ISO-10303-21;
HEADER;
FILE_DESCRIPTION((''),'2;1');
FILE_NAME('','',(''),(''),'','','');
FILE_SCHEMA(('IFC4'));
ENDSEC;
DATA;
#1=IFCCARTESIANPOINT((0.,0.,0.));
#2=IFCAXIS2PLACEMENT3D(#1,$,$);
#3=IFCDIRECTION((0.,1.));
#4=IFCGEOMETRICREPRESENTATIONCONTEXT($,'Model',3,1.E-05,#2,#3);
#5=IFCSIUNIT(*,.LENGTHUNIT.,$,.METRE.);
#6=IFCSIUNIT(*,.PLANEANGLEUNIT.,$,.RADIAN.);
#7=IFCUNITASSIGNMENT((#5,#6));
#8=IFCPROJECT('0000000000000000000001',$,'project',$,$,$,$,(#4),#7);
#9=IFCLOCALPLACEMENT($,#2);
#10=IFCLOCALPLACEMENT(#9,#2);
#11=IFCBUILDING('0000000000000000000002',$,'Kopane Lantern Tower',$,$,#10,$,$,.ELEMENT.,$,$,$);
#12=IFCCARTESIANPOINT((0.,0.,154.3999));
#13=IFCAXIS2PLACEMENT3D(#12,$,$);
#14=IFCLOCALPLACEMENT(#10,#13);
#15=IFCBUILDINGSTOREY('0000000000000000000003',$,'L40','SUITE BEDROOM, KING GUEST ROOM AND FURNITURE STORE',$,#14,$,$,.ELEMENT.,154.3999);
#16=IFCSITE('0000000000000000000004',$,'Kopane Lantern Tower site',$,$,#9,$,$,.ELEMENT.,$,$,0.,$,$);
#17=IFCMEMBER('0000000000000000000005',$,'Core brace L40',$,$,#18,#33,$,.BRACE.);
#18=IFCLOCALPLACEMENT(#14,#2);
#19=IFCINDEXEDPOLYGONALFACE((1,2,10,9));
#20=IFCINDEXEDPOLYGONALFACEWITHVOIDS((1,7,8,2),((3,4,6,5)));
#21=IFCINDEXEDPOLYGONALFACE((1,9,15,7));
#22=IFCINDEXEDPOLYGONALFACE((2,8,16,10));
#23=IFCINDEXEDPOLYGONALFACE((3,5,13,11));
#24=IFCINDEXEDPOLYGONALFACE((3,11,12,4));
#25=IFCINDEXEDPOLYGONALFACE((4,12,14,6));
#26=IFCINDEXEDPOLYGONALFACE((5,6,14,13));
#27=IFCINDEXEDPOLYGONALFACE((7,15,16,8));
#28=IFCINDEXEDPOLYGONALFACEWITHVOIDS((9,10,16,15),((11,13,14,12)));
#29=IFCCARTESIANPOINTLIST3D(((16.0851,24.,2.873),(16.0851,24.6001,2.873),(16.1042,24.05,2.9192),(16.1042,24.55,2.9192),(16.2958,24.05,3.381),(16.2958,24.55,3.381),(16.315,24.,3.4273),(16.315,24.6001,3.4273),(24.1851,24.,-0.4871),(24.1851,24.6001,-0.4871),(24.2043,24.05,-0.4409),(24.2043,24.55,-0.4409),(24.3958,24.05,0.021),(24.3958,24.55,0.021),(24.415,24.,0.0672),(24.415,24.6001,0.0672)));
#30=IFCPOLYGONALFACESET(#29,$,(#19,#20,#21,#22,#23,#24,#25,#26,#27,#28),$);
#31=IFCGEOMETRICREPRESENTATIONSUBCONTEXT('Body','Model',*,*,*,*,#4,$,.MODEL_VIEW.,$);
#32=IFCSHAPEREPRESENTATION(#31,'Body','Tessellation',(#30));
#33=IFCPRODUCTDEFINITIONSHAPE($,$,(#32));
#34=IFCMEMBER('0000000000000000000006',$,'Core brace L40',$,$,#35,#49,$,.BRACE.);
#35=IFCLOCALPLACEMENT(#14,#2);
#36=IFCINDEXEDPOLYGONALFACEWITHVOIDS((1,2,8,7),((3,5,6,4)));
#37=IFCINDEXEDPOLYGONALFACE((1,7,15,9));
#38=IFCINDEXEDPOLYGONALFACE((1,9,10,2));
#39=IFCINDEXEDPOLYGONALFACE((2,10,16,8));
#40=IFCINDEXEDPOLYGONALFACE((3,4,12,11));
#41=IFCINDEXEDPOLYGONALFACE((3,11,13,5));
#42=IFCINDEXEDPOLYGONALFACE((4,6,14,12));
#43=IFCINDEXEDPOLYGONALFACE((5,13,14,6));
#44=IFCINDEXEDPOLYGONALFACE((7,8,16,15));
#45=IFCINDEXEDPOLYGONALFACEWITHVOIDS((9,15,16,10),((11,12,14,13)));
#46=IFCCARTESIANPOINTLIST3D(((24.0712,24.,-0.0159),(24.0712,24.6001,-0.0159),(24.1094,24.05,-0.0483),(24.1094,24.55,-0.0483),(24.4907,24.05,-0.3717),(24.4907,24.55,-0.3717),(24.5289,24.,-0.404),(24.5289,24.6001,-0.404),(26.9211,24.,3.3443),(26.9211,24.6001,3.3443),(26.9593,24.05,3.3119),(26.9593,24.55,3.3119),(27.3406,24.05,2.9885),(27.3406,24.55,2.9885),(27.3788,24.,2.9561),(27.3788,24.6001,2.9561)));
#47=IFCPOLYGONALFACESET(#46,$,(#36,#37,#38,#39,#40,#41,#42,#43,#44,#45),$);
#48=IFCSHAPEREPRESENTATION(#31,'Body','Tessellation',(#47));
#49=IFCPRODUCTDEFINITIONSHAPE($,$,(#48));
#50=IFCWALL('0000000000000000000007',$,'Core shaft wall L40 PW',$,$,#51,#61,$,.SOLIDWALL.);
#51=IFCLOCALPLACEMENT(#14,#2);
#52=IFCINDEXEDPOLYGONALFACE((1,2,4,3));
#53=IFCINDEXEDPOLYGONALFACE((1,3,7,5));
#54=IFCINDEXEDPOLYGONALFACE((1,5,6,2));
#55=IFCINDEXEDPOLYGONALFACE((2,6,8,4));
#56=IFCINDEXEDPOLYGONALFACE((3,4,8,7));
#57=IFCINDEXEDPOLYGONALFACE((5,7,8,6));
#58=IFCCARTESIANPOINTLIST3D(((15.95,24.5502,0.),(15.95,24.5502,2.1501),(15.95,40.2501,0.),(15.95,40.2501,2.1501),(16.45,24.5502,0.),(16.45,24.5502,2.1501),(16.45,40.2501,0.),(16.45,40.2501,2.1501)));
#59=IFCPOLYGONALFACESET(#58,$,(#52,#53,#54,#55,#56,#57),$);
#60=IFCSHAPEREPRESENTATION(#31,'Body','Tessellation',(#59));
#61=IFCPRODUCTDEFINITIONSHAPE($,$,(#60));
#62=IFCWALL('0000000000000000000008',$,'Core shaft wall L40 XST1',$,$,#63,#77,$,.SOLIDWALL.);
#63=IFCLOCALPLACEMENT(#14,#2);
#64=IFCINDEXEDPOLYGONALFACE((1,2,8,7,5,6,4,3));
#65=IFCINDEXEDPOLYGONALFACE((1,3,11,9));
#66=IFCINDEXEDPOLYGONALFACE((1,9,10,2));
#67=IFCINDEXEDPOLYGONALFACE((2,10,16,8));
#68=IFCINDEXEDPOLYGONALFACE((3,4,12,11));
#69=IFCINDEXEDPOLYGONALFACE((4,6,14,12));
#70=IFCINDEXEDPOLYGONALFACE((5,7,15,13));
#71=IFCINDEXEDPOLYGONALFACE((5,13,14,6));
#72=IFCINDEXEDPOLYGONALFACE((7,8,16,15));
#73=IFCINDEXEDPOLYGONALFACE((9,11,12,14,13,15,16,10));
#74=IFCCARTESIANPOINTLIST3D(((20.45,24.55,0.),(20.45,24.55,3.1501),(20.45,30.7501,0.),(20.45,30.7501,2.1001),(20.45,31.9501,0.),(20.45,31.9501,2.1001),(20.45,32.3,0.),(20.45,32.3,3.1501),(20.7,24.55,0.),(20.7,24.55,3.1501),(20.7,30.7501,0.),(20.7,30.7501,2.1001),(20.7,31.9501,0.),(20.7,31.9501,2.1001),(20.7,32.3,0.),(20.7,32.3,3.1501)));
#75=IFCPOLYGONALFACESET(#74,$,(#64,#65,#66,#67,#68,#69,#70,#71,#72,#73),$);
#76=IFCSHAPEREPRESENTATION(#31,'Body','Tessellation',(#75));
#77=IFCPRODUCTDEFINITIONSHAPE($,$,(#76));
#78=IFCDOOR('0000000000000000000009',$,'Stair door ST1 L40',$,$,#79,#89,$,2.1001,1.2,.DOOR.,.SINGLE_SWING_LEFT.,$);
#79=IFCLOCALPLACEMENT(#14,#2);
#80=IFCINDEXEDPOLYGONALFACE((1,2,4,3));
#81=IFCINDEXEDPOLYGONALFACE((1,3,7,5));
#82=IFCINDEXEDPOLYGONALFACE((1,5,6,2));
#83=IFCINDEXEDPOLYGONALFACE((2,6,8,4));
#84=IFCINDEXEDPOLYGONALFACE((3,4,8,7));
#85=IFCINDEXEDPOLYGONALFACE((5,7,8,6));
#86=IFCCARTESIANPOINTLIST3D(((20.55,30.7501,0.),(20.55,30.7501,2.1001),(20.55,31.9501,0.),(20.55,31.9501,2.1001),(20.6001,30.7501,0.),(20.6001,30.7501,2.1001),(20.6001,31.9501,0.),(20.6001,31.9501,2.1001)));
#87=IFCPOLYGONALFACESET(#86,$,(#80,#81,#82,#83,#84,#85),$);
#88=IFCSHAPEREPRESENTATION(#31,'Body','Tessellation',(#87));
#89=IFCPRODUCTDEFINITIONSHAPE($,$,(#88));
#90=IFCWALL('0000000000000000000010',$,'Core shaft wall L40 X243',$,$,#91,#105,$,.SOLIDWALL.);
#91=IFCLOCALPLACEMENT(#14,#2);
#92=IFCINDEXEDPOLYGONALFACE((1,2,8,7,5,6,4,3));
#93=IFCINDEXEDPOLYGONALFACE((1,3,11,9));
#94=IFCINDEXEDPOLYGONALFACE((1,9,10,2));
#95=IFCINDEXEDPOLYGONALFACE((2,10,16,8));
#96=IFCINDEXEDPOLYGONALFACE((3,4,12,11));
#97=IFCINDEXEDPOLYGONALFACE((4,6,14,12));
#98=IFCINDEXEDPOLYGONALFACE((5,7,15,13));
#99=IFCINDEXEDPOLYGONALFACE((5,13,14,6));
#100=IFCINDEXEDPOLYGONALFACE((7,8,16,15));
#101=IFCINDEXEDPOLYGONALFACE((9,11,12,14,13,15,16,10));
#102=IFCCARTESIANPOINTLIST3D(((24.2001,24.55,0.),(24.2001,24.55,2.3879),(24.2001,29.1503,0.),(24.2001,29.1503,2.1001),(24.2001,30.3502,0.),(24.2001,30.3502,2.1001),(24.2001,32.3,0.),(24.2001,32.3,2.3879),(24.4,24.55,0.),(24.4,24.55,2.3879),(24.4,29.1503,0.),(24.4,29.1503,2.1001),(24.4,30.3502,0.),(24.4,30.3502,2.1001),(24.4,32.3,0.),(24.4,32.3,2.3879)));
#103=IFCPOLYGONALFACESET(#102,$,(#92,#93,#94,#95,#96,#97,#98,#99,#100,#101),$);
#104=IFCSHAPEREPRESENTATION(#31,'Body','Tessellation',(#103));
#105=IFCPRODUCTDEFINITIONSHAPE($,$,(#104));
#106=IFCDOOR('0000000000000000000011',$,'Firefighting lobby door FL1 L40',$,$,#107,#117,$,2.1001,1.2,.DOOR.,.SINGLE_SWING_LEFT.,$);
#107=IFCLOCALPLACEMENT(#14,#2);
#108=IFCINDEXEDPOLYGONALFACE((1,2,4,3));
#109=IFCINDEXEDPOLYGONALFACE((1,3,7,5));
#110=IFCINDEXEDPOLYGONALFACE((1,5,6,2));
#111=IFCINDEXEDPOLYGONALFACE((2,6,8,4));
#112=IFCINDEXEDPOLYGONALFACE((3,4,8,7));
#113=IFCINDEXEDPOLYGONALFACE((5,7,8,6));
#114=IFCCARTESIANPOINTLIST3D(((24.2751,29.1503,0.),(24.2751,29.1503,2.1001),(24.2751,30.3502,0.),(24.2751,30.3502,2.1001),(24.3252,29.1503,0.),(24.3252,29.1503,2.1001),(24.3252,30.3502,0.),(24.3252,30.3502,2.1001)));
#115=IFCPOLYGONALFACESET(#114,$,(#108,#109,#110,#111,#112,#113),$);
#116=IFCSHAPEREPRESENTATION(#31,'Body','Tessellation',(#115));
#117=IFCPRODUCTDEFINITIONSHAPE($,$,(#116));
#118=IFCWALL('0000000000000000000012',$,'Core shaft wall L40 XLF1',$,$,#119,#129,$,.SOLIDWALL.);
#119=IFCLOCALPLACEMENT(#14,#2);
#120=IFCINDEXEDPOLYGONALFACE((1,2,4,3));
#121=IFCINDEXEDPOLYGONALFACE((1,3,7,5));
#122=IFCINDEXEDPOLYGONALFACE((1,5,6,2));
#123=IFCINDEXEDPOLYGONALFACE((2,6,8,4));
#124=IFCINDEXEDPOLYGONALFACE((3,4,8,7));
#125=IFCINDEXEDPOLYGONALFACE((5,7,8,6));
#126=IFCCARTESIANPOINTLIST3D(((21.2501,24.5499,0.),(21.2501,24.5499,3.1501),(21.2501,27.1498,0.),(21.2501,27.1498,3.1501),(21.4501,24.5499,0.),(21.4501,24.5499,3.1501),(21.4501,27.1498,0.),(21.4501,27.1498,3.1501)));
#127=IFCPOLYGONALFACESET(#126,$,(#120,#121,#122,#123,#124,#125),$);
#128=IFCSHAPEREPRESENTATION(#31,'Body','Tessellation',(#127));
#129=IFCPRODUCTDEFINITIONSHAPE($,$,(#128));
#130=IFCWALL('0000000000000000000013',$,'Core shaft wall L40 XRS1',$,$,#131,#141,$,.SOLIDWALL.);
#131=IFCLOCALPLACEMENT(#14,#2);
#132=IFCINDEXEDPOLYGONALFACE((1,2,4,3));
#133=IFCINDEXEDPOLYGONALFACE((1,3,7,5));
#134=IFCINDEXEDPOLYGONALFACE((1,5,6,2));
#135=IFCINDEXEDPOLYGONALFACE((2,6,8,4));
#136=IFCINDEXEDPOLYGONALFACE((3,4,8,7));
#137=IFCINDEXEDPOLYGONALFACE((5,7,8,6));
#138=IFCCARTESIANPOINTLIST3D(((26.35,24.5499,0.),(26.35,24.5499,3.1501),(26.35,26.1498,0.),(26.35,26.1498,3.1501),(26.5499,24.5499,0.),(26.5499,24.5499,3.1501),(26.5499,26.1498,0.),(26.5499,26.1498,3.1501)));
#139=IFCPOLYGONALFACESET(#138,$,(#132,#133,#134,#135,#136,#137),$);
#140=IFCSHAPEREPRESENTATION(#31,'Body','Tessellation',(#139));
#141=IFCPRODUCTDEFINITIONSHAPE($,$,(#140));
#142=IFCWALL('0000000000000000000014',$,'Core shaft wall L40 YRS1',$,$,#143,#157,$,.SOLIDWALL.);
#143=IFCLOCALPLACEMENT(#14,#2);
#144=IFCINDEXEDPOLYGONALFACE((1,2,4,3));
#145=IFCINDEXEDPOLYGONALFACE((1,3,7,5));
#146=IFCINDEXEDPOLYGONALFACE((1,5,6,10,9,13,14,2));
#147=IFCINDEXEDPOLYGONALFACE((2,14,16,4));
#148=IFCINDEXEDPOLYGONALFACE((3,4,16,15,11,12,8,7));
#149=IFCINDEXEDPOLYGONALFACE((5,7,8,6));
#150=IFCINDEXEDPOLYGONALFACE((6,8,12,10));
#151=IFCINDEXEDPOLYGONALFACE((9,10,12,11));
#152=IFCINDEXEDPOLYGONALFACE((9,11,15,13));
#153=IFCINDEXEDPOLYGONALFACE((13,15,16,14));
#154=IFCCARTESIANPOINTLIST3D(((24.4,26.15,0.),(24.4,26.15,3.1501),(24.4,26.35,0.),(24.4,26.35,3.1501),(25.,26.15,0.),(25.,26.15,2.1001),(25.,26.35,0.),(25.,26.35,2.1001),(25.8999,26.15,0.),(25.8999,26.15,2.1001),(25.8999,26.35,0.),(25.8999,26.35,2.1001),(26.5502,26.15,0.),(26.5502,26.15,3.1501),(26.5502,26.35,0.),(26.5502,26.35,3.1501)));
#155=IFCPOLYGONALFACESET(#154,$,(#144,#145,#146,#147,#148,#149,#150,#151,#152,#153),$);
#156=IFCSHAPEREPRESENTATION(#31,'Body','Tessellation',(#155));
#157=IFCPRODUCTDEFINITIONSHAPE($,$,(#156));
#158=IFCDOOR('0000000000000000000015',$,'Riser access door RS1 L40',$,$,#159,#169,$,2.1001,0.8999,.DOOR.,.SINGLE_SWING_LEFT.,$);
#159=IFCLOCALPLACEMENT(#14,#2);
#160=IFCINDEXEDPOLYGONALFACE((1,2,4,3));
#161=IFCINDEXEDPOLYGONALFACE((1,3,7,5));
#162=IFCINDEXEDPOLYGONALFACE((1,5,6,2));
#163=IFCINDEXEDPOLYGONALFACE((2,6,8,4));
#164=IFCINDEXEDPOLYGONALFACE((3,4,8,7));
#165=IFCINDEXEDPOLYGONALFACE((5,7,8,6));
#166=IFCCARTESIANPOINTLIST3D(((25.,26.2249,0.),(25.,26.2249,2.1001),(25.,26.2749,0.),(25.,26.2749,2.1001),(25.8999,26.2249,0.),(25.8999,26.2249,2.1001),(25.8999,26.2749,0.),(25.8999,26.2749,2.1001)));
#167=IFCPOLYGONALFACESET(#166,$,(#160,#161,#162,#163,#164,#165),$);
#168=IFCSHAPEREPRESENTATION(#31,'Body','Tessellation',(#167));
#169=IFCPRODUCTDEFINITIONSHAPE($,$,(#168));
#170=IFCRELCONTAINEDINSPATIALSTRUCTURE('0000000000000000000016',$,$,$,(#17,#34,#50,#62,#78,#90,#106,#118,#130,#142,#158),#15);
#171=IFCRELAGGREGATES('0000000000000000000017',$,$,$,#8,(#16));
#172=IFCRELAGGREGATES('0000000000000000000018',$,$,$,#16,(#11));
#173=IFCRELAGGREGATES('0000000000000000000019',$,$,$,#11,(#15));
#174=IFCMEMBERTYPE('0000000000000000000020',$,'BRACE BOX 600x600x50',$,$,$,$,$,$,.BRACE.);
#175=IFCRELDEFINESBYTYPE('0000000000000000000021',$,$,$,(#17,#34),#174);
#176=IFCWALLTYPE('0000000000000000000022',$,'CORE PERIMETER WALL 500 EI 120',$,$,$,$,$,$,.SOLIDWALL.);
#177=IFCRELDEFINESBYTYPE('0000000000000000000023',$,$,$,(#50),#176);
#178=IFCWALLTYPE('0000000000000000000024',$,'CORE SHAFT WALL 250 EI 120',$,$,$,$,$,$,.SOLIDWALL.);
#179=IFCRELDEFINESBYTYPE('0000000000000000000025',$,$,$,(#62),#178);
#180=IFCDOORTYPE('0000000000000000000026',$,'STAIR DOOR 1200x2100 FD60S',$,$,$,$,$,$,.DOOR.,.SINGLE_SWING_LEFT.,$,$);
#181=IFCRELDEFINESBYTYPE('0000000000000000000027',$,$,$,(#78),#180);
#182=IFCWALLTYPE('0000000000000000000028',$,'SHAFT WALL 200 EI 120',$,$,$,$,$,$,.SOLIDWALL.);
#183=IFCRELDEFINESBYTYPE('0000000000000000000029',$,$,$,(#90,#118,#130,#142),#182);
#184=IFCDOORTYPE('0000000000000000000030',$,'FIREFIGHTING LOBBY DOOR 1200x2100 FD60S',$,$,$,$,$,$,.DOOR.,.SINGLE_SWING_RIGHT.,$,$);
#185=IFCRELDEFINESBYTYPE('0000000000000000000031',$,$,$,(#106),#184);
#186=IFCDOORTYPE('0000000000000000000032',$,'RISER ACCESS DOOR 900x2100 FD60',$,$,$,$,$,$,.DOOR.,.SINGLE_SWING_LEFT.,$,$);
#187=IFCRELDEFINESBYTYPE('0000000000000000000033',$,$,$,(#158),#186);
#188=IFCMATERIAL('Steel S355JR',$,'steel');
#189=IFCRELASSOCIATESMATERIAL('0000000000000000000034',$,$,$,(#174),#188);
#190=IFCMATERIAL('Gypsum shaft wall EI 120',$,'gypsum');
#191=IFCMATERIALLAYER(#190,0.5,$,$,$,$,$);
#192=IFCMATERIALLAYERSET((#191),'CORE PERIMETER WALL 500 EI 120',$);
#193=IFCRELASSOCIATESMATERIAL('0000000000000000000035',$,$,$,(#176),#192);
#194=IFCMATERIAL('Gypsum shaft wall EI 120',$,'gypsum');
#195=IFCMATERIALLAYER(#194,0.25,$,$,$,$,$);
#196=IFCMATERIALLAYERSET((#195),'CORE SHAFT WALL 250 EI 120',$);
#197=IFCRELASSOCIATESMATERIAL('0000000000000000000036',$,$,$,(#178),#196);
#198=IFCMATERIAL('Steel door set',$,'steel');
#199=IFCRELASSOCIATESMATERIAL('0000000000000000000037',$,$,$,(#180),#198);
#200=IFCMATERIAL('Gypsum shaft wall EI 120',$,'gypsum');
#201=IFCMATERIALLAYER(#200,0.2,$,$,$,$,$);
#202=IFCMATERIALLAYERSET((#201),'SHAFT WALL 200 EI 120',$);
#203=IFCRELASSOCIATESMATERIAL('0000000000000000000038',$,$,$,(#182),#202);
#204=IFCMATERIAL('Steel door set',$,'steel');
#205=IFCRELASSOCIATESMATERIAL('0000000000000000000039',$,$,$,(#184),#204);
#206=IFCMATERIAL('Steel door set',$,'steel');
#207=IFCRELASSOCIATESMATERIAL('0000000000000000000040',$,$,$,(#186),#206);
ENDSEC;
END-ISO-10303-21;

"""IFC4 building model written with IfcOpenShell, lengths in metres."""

from ifc_helpers import new_model, si_unit, direction, frame, frame_2d, origin, origin_2d, place, context, subcontext, project, spatial, rectangle, hollow_rectangle, extrude, material, layer, layer_set, material_profile, profile_set, type_object, element, fill, save


model = new_model("IFC4")

# Units and contexts
model_context = context("Model", 3, precision=1e-05, world=origin(), true_north=direction((0.0, 1.0)))
body_context = subcontext(model_context, "Body", "Model", "MODEL_VIEW")
ifc_project = project(units=[si_unit("LENGTHUNIT", "METRE"), si_unit("PLANEANGLEUNIT", "RADIAN")], contexts=[model_context])

# Site, building, storey
site_placement = place(None, origin())
site = spatial("IfcSite", under=ifc_project, at=site_placement, Name="Kopane Lantern Tower site", CompositionType="ELEMENT", RefElevation=0.0)
building_placement = place(site_placement, origin())
building = spatial("IfcBuilding", under=site, at=building_placement, Name="Kopane Lantern Tower", CompositionType="ELEMENT")
storey_placement = place(building_placement, frame((0.0, 0.0, 154.3999)))
storey = spatial("IfcBuildingStorey", under=building, at=storey_placement, Name="L40", Description="SUITE BEDROOM, KING GUEST ROOM AND FURNITURE STORE", CompositionType="ELEMENT", Elevation=154.3999)

# Members
ifc_material_1 = material(Name="Steel S355JR", Category="steel")
ifc_material_profile = material_profile(ifc_material_1, hollow_rectangle(XDim=0.6001, YDim=0.6001, WallThickness=0.05, at=origin_2d()), Name="BOX 600x600x50")
ifc_profile_set = profile_set([ifc_material_profile], Name="Steel S355JR")
member_type = type_object("IfcMemberType", Name="BRACE BOX 600x600x50", PredefinedType="BRACE", material=ifc_profile_set)
member_1_placement = place(storey_placement, frame((24.3, 24.3, -0.21), z_axis=(-0.92368, 0.0, 0.383164), x_axis=(0.0, -1.0, 0.0)))
element("IfcMember", 1, at=member_1_placement, inside=storey, type_object=member_type, Name="Core brace L40", PredefinedType="BRACE", context=body_context, shape_type="SweptSolid", body=[
    extrude(hollow_rectangle(XDim=0.6001, YDim=0.6001, WallThickness=0.05, at=origin_2d()), origin(), (0.0, 0.0, 1.0), 8.7693),
])
member_2_placement = place(storey_placement, frame((24.3, 24.3, -0.21), z_axis=(0.646826, 0.0, 0.762638), x_axis=(0.0, 1.0, 0.0)))
element("IfcMember", 2, at=member_2_placement, inside=storey, type_object=member_type, Name="Core brace L40", PredefinedType="BRACE", context=body_context, shape_type="SweptSolid", body=[
    extrude(hollow_rectangle(XDim=0.6001, YDim=0.6001, WallThickness=0.05, at=origin_2d()), origin(), (0.0, 0.0, 1.0), 4.406),
])

# Shared definitions
ifc_material_2 = material(Name="Gypsum shaft wall EI 120", Category="gypsum")
ifc_layer_1 = layer(ifc_material_2, 0.5)
ifc_layer_set_1 = layer_set([ifc_layer_1], Name="CORE PERIMETER WALL 500 EI 120")
wall_type_1 = type_object("IfcWallType", Name="CORE PERIMETER WALL 500 EI 120", PredefinedType="SOLIDWALL", material=ifc_layer_set_1)

# Wall
wall_1_placement = place(storey_placement, frame((16.2, 24.55, 0.0), z_axis=(0.0, 0.0, 1.0), x_axis=(0.0, 1.0, 0.0)))
element("IfcWall", 3, at=wall_1_placement, inside=storey, type_object=wall_type_1, Name="Core shaft wall L40 PW", PredefinedType="SOLIDWALL", context=body_context, shape_type="SweptSolid", body=[
    extrude(rectangle(XDim=15.7, YDim=0.5, at=frame_2d((7.8501, 0.0))), origin(), (0.0, 0.0, 1.0), 2.1501),
])

# Walls, openings, doors
ifc_material_3 = material(Name="Gypsum shaft wall EI 120", Category="gypsum")
ifc_layer_2 = layer(ifc_material_3, 0.25)
ifc_layer_set_2 = layer_set([ifc_layer_2], Name="CORE SHAFT WALL 250 EI 120")
wall_type_2 = type_object("IfcWallType", Name="CORE SHAFT WALL 250 EI 120", PredefinedType="SOLIDWALL", material=ifc_layer_set_2)
wall_2_placement = place(storey_placement, frame((20.575, 24.55, 0.0), z_axis=(0.0, 0.0, 1.0), x_axis=(0.0, 1.0, 0.0)))
wall_2 = element("IfcWall", 4, at=wall_2_placement, inside=storey, type_object=wall_type_2, Name="Core shaft wall L40 XST1", PredefinedType="SOLIDWALL", context=body_context, shape_type="SweptSolid", body=[
    extrude(rectangle(XDim=7.75, YDim=0.25, at=frame_2d((3.875, 0.0))), origin(), (0.0, 0.0, 1.0), 3.1501),
])
opening_1_placement = place(wall_2_placement, frame((6.2, 0.0, 0.0)))
opening_1 = element("IfcOpeningElement", 5, at=opening_1_placement, cuts=wall_2, PredefinedType="OPENING", context=body_context, shape_type="SweptSolid", body=[
    extrude(rectangle(XDim=1.2, YDim=2.1001, at=frame_2d((0.6001, 1.05))), frame((0.0, 0.135, 0.0), z_axis=(0.0, -1.0, 0.0), x_axis=(1.0, 0.0, 0.0)), (0.0, 0.0, 1.0), 0.27),
])
ifc_material_4 = material(Name="Steel door set", Category="steel")
door_type_1 = type_object("IfcDoorType", Name="STAIR DOOR 1200x2100 FD60S", OperationType="SINGLE_SWING_LEFT", PredefinedType="DOOR", material=ifc_material_4)
door_1_placement = place(opening_1_placement, origin())
door_1 = element("IfcDoor", 6, at=door_1_placement, inside=storey, type_object=door_type_1, Name="Stair door ST1 L40", OperationType="SINGLE_SWING_LEFT", OverallHeight=2.1001, OverallWidth=1.2, PredefinedType="DOOR", context=body_context, shape_type="SweptSolid", body=[
    extrude(rectangle(XDim=1.2, YDim=2.1001, at=frame_2d((0.6001, 1.05))), frame((0.0, 0.0249, 0.0), z_axis=(0.0, -1.0, 0.0), x_axis=(1.0, 0.0, 0.0)), (0.0, 0.0, 1.0), 0.05),
])
fill(opening_1, door_1)
ifc_material_5 = material(Name="Gypsum shaft wall EI 120", Category="gypsum")
ifc_layer_3 = layer(ifc_material_5, 0.2)
ifc_layer_set_3 = layer_set([ifc_layer_3], Name="SHAFT WALL 200 EI 120")
wall_type_3 = type_object("IfcWallType", Name="SHAFT WALL 200 EI 120", PredefinedType="SOLIDWALL", material=ifc_layer_set_3)
wall_3_placement = place(storey_placement, frame((24.3, 24.55, 0.0), z_axis=(0.0, 0.0, 1.0), x_axis=(0.0, 1.0, 0.0)))
wall_3 = element("IfcWall", 7, at=wall_3_placement, inside=storey, type_object=wall_type_3, Name="Core shaft wall L40 X243", PredefinedType="SOLIDWALL", context=body_context, shape_type="SweptSolid", body=[
    extrude(rectangle(XDim=7.75, YDim=0.2, at=frame_2d((3.875, 0.0))), origin(), (0.0, 0.0, 1.0), 2.3879),
])
opening_2_placement = place(wall_3_placement, frame((4.6001, 0.0, 0.0)))
opening_2 = element("IfcOpeningElement", 8, at=opening_2_placement, cuts=wall_3, PredefinedType="OPENING", context=body_context, shape_type="SweptSolid", body=[
    extrude(rectangle(XDim=1.2, YDim=2.1001, at=frame_2d((0.6001, 1.05))), frame((0.0, 0.1099, 0.0), z_axis=(0.0, -1.0, 0.0), x_axis=(1.0, 0.0, 0.0)), (0.0, 0.0, 1.0), 0.22),
])
ifc_material_6 = material(Name="Steel door set", Category="steel")
door_type_2 = type_object("IfcDoorType", Name="FIREFIGHTING LOBBY DOOR 1200x2100 FD60S", OperationType="SINGLE_SWING_RIGHT", PredefinedType="DOOR", material=ifc_material_6)
door_2_placement = place(opening_2_placement, origin())
door_2 = element("IfcDoor", 9, at=door_2_placement, inside=storey, type_object=door_type_2, Name="Firefighting lobby door FL1 L40", OperationType="SINGLE_SWING_LEFT", OverallHeight=2.1001, OverallWidth=1.2, PredefinedType="DOOR", context=body_context, shape_type="SweptSolid", body=[
    extrude(rectangle(XDim=1.2, YDim=2.1001, at=frame_2d((0.6001, 1.05))), frame((0.0, 0.0249, 0.0), z_axis=(0.0, -1.0, 0.0), x_axis=(1.0, 0.0, 0.0)), (0.0, 0.0, 1.0), 0.05),
])
fill(opening_2, door_2)

# Walls
wall_4_placement = place(storey_placement, frame((21.3501, 24.55, 0.0), z_axis=(0.0, 0.0, 1.0), x_axis=(0.0, 1.0, 0.0)))
element("IfcWall", 10, at=wall_4_placement, inside=storey, type_object=wall_type_3, Name="Core shaft wall L40 XLF1", PredefinedType="SOLIDWALL", context=body_context, shape_type="SweptSolid", body=[
    extrude(rectangle(XDim=2.5999, YDim=0.2, at=frame_2d((1.2998, 0.0))), origin(), (0.0, 0.0, 1.0), 3.1501),
])
wall_5_placement = place(storey_placement, frame((26.45, 24.55, 0.0), z_axis=(0.0, 0.0, 1.0), x_axis=(0.0, 1.0, 0.0)))
element("IfcWall", 11, at=wall_5_placement, inside=storey, type_object=wall_type_3, Name="Core shaft wall L40 XRS1", PredefinedType="SOLIDWALL", context=body_context, shape_type="SweptSolid", body=[
    extrude(rectangle(XDim=1.5999, YDim=0.2, at=frame_2d((0.7998, 0.0))), origin(), (0.0, 0.0, 1.0), 3.1501),
])

# Wall, opening, door
wall_6_placement = place(storey_placement, frame((24.3999, 26.25, 0.0), z_axis=(0.0, 0.0, 1.0), x_axis=(1.0, 0.0, 0.0)))
wall_6 = element("IfcWall", 12, at=wall_6_placement, inside=storey, type_object=wall_type_3, Name="Core shaft wall L40 YRS1", PredefinedType="SOLIDWALL", context=body_context, shape_type="SweptSolid", body=[
    extrude(rectangle(XDim=2.1501, YDim=0.2, at=frame_2d((1.0752, 0.0))), origin(), (0.0, 0.0, 1.0), 3.1501),
])
opening_3_placement = place(wall_6_placement, frame((0.6001, 0.0, 0.0)))
opening_3 = element("IfcOpeningElement", 13, at=opening_3_placement, cuts=wall_6, PredefinedType="OPENING", context=body_context, shape_type="SweptSolid", body=[
    extrude(rectangle(XDim=0.8999, YDim=2.1001, at=frame_2d((0.45, 1.05))), frame((0.0, 0.1099, 0.0), z_axis=(0.0, -1.0, 0.0), x_axis=(1.0, 0.0, 0.0)), (0.0, 0.0, 1.0), 0.22),
])
ifc_material_7 = material(Name="Steel door set", Category="steel")
door_type_3 = type_object("IfcDoorType", Name="RISER ACCESS DOOR 900x2100 FD60", OperationType="SINGLE_SWING_LEFT", PredefinedType="DOOR", material=ifc_material_7)
door_3_placement = place(opening_3_placement, origin())
door_3 = element("IfcDoor", 14, at=door_3_placement, inside=storey, type_object=door_type_3, Name="Riser access door RS1 L40", OperationType="SINGLE_SWING_LEFT", OverallHeight=2.1001, OverallWidth=0.8999, PredefinedType="DOOR", context=body_context, shape_type="SweptSolid", body=[
    extrude(rectangle(XDim=0.8999, YDim=2.1001, at=frame_2d((0.45, 1.05))), frame((0.0, 0.0249, 0.0), z_axis=(0.0, -1.0, 0.0), x_axis=(1.0, 0.0, 0.0)), (0.0, 0.0, 1.0), 0.05),
])
fill(opening_3, door_3)

save(model, "model.ifc")
